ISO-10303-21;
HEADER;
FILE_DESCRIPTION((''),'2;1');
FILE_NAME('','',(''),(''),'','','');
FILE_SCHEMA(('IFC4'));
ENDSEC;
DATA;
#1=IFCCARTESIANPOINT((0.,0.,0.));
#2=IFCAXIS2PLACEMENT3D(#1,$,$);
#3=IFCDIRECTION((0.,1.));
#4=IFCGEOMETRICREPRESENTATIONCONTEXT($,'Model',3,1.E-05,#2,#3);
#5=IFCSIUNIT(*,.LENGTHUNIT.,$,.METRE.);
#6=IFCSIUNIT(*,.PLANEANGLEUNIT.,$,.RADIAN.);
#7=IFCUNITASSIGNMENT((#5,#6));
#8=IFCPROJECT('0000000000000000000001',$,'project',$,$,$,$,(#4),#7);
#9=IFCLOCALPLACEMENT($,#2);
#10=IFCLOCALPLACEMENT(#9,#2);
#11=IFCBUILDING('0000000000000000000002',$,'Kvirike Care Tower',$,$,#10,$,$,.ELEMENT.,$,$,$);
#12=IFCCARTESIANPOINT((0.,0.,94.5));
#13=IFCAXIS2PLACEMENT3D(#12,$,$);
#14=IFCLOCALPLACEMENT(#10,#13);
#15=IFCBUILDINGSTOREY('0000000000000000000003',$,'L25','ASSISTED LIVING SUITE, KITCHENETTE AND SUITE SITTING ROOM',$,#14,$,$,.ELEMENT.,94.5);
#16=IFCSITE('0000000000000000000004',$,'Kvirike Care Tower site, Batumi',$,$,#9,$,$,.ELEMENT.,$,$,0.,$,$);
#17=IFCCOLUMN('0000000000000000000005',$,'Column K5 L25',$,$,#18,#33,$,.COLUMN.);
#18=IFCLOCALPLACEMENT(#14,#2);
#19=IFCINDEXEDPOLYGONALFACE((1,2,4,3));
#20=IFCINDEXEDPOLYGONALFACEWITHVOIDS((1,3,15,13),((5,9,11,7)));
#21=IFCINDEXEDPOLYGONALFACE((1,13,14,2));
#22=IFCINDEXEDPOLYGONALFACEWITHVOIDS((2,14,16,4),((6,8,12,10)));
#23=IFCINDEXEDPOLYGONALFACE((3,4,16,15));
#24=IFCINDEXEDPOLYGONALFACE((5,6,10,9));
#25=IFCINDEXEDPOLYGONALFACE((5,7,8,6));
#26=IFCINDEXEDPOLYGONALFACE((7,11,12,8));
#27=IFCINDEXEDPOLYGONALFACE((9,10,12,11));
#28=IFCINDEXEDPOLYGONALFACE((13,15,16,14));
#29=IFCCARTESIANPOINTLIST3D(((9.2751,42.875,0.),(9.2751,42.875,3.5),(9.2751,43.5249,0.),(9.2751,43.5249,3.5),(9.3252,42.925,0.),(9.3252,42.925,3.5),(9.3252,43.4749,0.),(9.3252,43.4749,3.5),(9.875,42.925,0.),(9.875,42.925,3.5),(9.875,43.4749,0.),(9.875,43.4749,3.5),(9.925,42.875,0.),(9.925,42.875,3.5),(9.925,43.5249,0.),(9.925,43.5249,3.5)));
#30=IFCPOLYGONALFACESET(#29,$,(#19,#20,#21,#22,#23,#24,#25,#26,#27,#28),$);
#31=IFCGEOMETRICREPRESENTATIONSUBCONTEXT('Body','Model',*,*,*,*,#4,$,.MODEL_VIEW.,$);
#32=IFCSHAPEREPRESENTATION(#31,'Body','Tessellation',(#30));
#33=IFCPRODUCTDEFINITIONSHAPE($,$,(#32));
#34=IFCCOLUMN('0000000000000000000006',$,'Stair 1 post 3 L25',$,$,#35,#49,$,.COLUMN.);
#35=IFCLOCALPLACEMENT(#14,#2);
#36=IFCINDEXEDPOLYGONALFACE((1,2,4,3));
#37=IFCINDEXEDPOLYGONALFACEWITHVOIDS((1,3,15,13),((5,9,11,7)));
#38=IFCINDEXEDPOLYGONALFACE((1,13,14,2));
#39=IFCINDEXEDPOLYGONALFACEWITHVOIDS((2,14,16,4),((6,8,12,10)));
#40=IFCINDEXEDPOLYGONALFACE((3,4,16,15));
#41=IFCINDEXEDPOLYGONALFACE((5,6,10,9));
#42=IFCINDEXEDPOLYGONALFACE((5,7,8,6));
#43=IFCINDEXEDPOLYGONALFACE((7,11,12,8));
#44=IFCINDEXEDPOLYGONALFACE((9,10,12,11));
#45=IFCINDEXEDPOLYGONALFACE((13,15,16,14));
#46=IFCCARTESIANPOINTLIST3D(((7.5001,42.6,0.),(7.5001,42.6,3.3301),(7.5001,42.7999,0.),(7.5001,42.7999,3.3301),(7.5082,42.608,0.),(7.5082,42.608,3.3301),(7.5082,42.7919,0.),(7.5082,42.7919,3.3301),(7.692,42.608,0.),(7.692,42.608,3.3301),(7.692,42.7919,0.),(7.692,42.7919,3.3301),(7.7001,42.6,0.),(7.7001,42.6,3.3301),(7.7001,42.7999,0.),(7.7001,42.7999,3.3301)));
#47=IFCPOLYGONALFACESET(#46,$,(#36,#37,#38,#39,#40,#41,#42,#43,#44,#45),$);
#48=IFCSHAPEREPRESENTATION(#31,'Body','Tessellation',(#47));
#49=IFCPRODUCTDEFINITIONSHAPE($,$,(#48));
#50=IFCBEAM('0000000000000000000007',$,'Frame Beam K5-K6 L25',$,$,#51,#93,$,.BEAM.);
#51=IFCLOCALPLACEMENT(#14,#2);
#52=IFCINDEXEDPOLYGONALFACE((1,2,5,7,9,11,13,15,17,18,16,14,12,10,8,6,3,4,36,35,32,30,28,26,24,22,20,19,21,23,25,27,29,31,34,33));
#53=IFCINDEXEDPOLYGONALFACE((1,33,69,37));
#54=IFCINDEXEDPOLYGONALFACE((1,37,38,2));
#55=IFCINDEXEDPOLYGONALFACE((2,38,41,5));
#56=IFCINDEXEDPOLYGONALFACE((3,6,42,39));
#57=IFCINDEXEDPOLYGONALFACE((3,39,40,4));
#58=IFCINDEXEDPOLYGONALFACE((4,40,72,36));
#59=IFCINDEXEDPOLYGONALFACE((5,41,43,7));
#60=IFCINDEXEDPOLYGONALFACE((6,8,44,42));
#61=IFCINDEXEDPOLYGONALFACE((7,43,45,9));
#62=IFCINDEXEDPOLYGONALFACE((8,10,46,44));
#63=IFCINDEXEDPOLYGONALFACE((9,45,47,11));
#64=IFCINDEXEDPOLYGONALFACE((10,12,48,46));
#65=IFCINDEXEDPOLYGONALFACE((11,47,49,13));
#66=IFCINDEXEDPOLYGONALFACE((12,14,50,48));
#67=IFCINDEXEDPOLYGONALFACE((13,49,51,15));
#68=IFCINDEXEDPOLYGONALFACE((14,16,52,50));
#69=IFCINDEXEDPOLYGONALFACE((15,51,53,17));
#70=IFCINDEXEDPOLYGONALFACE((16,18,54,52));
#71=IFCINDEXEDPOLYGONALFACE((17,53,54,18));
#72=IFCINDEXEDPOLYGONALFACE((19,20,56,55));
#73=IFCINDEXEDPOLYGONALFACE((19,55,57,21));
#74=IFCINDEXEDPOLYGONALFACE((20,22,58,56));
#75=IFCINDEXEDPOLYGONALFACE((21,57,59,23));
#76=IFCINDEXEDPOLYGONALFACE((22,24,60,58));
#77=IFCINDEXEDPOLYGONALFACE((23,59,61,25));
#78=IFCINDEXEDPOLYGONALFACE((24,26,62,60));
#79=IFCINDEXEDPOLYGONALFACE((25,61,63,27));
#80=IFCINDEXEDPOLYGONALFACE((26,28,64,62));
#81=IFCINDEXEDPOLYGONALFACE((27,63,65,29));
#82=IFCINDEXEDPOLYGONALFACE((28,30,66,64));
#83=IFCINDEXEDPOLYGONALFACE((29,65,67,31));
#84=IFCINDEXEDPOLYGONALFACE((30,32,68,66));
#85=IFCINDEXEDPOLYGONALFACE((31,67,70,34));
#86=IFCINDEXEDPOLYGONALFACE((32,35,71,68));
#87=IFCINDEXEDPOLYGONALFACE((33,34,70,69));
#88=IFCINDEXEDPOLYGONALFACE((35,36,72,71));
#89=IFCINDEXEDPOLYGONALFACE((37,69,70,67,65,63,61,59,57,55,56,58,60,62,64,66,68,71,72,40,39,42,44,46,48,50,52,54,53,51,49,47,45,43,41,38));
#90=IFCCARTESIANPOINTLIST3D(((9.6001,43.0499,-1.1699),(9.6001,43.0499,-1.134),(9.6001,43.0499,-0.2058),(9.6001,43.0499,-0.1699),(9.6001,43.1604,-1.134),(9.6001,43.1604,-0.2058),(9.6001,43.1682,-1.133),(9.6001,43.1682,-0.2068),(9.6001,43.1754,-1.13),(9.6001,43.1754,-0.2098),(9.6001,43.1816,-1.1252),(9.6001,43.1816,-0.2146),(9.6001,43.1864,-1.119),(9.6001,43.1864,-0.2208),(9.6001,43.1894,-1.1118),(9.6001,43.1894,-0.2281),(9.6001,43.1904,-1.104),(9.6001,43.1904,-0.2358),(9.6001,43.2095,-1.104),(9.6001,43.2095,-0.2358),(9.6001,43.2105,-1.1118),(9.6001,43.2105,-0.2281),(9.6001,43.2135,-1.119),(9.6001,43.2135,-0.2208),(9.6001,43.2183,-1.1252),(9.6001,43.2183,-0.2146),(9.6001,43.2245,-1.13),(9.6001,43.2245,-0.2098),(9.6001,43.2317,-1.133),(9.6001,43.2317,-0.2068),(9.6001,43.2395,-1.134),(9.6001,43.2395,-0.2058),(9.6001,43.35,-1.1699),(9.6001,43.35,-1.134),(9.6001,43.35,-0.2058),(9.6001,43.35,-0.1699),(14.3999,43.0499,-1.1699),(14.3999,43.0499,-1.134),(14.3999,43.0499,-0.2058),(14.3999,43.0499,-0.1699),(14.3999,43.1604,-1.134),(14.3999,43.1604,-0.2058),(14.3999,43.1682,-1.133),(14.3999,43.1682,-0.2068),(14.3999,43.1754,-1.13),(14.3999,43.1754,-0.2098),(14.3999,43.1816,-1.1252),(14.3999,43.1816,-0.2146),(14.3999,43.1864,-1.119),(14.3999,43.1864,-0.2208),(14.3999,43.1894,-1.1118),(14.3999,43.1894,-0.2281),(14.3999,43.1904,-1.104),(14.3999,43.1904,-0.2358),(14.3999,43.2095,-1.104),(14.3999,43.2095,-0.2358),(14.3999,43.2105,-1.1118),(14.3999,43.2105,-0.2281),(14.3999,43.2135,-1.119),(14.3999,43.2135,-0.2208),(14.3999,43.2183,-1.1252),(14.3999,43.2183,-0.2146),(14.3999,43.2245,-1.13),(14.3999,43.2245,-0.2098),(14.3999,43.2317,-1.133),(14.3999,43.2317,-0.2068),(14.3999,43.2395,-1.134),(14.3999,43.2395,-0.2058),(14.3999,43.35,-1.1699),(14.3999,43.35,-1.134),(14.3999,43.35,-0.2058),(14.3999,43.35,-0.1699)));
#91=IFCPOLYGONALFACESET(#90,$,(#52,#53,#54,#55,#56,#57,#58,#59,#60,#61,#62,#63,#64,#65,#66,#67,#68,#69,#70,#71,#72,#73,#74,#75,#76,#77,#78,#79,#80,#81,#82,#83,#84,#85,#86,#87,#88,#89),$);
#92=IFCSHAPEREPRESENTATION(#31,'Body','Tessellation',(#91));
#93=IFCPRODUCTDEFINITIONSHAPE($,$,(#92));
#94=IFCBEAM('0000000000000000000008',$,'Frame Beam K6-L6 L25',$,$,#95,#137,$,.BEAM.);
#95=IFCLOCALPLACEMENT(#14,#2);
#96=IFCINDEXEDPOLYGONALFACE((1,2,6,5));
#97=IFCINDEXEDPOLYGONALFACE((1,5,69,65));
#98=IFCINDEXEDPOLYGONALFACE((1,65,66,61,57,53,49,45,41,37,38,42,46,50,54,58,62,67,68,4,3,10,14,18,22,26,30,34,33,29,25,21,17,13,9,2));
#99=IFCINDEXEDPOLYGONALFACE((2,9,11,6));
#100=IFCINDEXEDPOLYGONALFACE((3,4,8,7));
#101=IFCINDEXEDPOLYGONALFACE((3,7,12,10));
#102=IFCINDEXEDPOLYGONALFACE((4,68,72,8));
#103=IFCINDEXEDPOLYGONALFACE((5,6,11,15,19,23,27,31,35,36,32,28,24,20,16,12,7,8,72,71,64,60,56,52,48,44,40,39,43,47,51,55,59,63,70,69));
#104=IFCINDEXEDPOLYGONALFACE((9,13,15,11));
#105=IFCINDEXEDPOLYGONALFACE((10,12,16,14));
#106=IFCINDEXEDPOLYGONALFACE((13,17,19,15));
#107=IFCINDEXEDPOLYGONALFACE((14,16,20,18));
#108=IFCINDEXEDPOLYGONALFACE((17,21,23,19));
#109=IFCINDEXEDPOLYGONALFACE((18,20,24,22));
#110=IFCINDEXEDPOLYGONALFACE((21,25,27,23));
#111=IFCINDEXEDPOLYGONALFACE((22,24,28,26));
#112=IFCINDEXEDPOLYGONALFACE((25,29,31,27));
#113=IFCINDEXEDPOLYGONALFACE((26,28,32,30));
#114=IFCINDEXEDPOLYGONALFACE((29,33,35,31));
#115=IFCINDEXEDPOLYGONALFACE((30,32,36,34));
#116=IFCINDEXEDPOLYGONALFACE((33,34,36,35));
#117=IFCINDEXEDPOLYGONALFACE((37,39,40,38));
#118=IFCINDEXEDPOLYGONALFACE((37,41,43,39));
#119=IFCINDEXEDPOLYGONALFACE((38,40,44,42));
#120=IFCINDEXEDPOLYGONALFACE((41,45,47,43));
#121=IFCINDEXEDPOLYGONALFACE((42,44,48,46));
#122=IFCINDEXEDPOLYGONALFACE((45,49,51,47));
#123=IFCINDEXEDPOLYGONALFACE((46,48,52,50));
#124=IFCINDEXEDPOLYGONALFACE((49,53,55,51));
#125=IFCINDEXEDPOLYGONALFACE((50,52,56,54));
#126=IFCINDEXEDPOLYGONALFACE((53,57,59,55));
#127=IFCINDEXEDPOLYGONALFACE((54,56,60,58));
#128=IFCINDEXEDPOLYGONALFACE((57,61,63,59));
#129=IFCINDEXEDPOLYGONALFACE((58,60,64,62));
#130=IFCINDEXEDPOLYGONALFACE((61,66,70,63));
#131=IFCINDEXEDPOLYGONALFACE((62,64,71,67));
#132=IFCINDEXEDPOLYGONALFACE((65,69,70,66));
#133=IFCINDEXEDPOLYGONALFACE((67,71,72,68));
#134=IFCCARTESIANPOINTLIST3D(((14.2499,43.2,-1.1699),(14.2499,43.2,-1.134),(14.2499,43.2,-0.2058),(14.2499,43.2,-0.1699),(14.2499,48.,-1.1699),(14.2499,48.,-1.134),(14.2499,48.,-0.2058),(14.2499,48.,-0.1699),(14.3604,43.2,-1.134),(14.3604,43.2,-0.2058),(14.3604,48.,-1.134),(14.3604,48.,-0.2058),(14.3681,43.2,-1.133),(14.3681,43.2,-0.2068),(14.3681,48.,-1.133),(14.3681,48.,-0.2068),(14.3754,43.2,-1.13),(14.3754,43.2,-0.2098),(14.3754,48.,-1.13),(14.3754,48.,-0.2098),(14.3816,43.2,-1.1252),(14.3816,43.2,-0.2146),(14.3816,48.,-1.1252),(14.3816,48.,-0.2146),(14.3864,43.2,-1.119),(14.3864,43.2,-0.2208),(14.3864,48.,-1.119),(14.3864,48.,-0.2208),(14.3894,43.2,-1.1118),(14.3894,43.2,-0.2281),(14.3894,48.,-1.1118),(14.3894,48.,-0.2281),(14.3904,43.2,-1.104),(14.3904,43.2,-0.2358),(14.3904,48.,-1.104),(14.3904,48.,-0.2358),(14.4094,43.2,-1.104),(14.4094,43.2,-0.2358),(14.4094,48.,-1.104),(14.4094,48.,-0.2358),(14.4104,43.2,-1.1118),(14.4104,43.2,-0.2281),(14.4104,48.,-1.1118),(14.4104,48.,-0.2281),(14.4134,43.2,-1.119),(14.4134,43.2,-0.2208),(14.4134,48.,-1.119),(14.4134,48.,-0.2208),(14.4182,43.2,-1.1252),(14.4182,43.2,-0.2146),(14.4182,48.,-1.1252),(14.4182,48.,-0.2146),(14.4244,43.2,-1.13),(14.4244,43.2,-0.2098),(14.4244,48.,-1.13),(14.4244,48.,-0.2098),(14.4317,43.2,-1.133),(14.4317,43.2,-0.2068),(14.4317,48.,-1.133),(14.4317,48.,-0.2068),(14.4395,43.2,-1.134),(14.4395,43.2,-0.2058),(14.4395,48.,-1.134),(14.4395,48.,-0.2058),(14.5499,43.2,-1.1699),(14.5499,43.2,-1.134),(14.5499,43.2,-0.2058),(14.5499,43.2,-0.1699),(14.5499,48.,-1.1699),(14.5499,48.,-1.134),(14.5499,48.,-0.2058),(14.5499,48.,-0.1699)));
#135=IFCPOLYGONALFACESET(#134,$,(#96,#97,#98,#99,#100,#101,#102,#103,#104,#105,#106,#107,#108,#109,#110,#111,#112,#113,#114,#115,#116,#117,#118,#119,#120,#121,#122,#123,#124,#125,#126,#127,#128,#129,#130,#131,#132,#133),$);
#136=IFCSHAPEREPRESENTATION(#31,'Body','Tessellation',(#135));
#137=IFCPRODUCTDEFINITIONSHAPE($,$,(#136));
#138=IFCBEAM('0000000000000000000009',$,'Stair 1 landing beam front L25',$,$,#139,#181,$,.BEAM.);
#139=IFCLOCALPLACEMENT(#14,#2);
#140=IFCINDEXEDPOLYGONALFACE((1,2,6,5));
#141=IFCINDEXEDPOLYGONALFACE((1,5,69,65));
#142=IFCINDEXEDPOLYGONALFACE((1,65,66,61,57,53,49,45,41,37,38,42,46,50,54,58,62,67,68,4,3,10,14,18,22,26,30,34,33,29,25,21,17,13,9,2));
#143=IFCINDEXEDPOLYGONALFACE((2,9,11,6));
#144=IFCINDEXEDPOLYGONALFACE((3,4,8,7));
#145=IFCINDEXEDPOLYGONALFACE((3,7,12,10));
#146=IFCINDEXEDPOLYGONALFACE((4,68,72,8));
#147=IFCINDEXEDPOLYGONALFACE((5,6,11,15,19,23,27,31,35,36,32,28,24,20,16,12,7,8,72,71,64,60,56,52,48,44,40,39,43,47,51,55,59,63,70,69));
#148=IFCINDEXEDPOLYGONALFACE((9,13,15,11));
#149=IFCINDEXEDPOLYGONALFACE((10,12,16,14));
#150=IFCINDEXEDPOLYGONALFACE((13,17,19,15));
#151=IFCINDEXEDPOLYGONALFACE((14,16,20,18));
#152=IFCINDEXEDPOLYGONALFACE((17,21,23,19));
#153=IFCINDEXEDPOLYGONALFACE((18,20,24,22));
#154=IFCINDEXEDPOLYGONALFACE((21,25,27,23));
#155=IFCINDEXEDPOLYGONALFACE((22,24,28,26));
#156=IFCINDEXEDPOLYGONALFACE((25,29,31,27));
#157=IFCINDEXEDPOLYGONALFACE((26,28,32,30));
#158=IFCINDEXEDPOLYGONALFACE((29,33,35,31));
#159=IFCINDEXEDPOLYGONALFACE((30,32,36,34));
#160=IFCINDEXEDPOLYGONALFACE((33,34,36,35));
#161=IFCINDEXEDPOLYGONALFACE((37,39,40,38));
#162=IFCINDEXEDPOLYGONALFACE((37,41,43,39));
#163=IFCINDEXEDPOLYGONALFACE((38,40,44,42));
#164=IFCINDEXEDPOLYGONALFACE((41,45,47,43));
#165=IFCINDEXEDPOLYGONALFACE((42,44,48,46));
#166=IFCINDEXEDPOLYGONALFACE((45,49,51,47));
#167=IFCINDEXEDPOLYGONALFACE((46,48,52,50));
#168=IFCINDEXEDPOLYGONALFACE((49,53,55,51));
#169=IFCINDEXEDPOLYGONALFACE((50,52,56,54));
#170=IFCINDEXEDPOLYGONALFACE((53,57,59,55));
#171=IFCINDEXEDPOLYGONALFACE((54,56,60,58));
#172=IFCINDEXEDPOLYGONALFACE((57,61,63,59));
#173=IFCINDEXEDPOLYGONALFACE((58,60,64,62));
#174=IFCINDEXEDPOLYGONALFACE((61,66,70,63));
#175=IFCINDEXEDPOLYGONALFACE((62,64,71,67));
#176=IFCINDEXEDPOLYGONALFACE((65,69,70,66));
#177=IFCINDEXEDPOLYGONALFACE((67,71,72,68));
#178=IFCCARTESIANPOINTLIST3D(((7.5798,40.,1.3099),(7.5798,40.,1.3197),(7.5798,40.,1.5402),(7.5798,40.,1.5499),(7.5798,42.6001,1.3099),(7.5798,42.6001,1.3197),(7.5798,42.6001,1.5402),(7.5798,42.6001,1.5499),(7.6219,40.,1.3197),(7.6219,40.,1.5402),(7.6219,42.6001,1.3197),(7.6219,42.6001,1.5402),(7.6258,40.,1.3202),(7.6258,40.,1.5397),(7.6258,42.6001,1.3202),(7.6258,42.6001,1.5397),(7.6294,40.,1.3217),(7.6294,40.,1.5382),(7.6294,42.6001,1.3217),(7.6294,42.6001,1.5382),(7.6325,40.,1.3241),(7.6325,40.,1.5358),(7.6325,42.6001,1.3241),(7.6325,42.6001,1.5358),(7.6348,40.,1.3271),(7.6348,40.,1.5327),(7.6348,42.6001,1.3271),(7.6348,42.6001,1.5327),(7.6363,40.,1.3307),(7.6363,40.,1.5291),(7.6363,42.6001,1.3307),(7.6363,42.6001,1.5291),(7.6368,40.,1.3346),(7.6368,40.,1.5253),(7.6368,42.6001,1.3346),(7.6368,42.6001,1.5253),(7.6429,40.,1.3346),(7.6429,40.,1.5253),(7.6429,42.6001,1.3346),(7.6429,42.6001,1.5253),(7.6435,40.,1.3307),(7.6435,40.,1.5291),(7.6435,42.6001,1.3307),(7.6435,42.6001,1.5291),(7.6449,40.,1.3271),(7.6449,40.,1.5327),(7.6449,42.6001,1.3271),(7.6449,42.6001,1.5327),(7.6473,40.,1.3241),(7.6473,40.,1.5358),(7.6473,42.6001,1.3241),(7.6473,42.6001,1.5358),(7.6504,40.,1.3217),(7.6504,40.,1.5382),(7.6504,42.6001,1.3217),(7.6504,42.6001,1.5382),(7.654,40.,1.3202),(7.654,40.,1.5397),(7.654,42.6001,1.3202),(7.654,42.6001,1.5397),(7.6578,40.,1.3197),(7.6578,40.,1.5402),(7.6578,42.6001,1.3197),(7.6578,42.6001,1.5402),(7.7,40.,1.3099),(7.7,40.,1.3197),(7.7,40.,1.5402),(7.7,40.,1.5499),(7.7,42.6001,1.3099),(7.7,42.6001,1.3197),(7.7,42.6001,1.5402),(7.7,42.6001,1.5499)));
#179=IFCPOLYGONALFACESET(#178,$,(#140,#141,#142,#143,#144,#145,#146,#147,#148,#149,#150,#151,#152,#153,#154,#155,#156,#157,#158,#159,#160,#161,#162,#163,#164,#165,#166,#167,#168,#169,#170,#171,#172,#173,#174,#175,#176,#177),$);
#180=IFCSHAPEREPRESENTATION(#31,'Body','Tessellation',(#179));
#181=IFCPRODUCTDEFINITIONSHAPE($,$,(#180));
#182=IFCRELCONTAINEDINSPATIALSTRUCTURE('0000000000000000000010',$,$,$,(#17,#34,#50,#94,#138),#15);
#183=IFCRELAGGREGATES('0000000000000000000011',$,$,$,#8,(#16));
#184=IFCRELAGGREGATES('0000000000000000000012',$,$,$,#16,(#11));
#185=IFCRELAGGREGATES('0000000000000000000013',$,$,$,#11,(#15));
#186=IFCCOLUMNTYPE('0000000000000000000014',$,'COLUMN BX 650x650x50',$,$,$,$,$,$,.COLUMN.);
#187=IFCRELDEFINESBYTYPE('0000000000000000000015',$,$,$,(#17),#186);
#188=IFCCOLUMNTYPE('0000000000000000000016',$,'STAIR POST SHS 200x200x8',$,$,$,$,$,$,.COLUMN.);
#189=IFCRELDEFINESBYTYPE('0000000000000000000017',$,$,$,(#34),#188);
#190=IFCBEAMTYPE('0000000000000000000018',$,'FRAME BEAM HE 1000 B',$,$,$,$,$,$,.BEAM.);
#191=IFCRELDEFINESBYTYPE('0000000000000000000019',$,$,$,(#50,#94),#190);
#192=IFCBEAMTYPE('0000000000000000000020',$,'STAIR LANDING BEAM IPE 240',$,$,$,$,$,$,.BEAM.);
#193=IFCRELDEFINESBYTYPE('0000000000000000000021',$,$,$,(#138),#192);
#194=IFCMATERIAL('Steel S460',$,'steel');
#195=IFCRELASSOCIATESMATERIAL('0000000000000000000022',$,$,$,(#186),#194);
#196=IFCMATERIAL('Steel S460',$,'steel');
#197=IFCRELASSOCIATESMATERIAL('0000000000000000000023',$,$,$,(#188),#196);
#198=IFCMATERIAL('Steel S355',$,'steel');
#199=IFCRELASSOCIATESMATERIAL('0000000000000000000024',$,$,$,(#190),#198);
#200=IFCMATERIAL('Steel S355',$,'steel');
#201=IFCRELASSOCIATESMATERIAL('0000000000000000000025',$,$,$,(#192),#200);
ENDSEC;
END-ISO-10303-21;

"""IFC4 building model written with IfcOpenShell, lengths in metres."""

from ifc_helpers import new_model, si_unit, direction, frame, origin, origin_2d, place, context, subcontext, project, spatial, hollow_rectangle, i_section, extrude, material, material_profile, profile_set, type_object, element, save


model = new_model("IFC4")

# Units and contexts
model_context = context("Model", 3, precision=1e-05, world=origin(), true_north=direction((0.0, 1.0)))
body_context = subcontext(model_context, "Body", "Model", "MODEL_VIEW")
ifc_project = project(units=[si_unit("LENGTHUNIT", "METRE"), si_unit("PLANEANGLEUNIT", "RADIAN")], contexts=[model_context])

# Site, building, storey
site_placement = place(None, origin())
site = spatial("IfcSite", under=ifc_project, at=site_placement, Name="Kvirike Care Tower site, Batumi", CompositionType="ELEMENT", RefElevation=0.0)
building_placement = place(site_placement, origin())
building = spatial("IfcBuilding", under=site, at=building_placement, Name="Kvirike Care Tower", CompositionType="ELEMENT")
storey_placement = place(building_placement, frame((0.0, 0.0, 94.5)))
storey = spatial("IfcBuildingStorey", under=building, at=storey_placement, Name="L25", Description="ASSISTED LIVING SUITE, KITCHENETTE AND SUITE SITTING ROOM", CompositionType="ELEMENT", Elevation=94.5)

# Columns
ifc_material_1 = material(Name="Steel S460", Category="steel")
ifc_material_profile_1 = material_profile(ifc_material_1, hollow_rectangle(XDim=0.6499, YDim=0.6499, WallThickness=0.05, at=origin_2d()), Name="BX 650x650x50")
ifc_profile_set_1 = profile_set([ifc_material_profile_1], Name="Steel S460")
column_type_1 = type_object("IfcColumnType", Name="COLUMN BX 650x650x50", PredefinedType="COLUMN", material=ifc_profile_set_1)
column_1_placement = place(storey_placement, frame((9.6001, 43.2, 0.0), z_axis=(0.0, 0.0, 1.0), x_axis=(0.0, 1.0, 0.0)))
element("IfcColumn", 1, at=column_1_placement, inside=storey, type_object=column_type_1, Name="Column K5 L25", PredefinedType="COLUMN", context=body_context, shape_type="SweptSolid", body=[
    extrude(hollow_rectangle(XDim=0.6499, YDim=0.6499, WallThickness=0.05, at=origin_2d()), origin(), (0.0, 0.0, 1.0), 3.5),
])
ifc_material_2 = material(Name="Steel S460", Category="steel")
ifc_material_profile_2 = material_profile(ifc_material_2, hollow_rectangle(XDim=0.2, YDim=0.2, WallThickness=0.0081, at=origin_2d()), Name="SHS 200x200x8")
ifc_profile_set_2 = profile_set([ifc_material_profile_2], Name="Steel S460")
column_type_2 = type_object("IfcColumnType", Name="STAIR POST SHS 200x200x8", PredefinedType="COLUMN", material=ifc_profile_set_2)
column_2_placement = place(storey_placement, frame((7.6001, 42.7, 0.0), z_axis=(0.0, 0.0, 1.0), x_axis=(1.0, 0.0, 0.0)))
element("IfcColumn", 2, at=column_2_placement, inside=storey, type_object=column_type_2, Name="Stair 1 post 3 L25", PredefinedType="COLUMN", context=body_context, shape_type="SweptSolid", body=[
    extrude(hollow_rectangle(XDim=0.2, YDim=0.2, WallThickness=0.0081, at=origin_2d()), origin(), (0.0, 0.0, 1.0), 3.3301),
])

# Beams
ifc_material_3 = material(Name="Steel S355", Category="steel")
ifc_material_profile_3 = material_profile(ifc_material_3, i_section(OverallWidth=0.3, OverallDepth=1.0, WebThickness=0.019, FlangeThickness=0.0359, FilletRadius=0.03, at=origin_2d()), Name="HE 1000 B")
ifc_profile_set_3 = profile_set([ifc_material_profile_3], Name="Steel S355")
beam_type_1 = type_object("IfcBeamType", Name="FRAME BEAM HE 1000 B", PredefinedType="BEAM", material=ifc_profile_set_3)
beam_1_placement = place(storey_placement, frame((9.6001, 43.2, -0.6699), z_axis=(1.0, 0.0, 0.0), x_axis=(0.0, 1.0, 0.0)))
element("IfcBeam", 3, at=beam_1_placement, inside=storey, type_object=beam_type_1, Name="Frame Beam K5-K6 L25", PredefinedType="BEAM", context=body_context, shape_type="SweptSolid", body=[
    extrude(i_section(OverallWidth=0.3, OverallDepth=1.0, WebThickness=0.019, FlangeThickness=0.0359, FilletRadius=0.03, at=origin_2d()), origin(), (0.0, 0.0, 1.0), 4.7998),
])
beam_2_placement = place(storey_placement, frame((14.3999, 43.2, -0.6699), z_axis=(0.0, 1.0, 0.0), x_axis=(-1.0, 0.0, 0.0)))
element("IfcBeam", 4, at=beam_2_placement, inside=storey, type_object=beam_type_1, Name="Frame Beam K6-L6 L25", PredefinedType="BEAM", context=body_context, shape_type="SweptSolid", body=[
    extrude(i_section(OverallWidth=0.3, OverallDepth=1.0, WebThickness=0.019, FlangeThickness=0.0359, FilletRadius=0.03, at=origin_2d()), origin(), (0.0, 0.0, 1.0), 4.8),
])
ifc_material_4 = material(Name="Steel S355", Category="steel")
ifc_material_profile_4 = material_profile(ifc_material_4, i_section(OverallWidth=0.1201, OverallDepth=0.24, WebThickness=0.0061, FlangeThickness=0.0098, FilletRadius=0.0149, at=origin_2d()), Name="IPE 240")
ifc_profile_set_4 = profile_set([ifc_material_profile_4], Name="Steel S355")
beam_type_2 = type_object("IfcBeamType", Name="STAIR LANDING BEAM IPE 240", PredefinedType="BEAM", material=ifc_profile_set_4)
beam_3_placement = place(storey_placement, frame((7.6399, 42.6001, 1.4299), z_axis=(0.0, -1.0, 0.0), x_axis=(1.0, 0.0, 0.0)))
element("IfcBeam", 5, at=beam_3_placement, inside=storey, type_object=beam_type_2, Name="Stair 1 landing beam front L25", PredefinedType="BEAM", context=body_context, shape_type="SweptSolid", body=[
    extrude(i_section(OverallWidth=0.1201, OverallDepth=0.24, WebThickness=0.0061, FlangeThickness=0.0098, FilletRadius=0.0149, at=origin_2d()), origin(), (0.0, 0.0, 1.0), 2.6001),
])

save(model, "model.ifc")
